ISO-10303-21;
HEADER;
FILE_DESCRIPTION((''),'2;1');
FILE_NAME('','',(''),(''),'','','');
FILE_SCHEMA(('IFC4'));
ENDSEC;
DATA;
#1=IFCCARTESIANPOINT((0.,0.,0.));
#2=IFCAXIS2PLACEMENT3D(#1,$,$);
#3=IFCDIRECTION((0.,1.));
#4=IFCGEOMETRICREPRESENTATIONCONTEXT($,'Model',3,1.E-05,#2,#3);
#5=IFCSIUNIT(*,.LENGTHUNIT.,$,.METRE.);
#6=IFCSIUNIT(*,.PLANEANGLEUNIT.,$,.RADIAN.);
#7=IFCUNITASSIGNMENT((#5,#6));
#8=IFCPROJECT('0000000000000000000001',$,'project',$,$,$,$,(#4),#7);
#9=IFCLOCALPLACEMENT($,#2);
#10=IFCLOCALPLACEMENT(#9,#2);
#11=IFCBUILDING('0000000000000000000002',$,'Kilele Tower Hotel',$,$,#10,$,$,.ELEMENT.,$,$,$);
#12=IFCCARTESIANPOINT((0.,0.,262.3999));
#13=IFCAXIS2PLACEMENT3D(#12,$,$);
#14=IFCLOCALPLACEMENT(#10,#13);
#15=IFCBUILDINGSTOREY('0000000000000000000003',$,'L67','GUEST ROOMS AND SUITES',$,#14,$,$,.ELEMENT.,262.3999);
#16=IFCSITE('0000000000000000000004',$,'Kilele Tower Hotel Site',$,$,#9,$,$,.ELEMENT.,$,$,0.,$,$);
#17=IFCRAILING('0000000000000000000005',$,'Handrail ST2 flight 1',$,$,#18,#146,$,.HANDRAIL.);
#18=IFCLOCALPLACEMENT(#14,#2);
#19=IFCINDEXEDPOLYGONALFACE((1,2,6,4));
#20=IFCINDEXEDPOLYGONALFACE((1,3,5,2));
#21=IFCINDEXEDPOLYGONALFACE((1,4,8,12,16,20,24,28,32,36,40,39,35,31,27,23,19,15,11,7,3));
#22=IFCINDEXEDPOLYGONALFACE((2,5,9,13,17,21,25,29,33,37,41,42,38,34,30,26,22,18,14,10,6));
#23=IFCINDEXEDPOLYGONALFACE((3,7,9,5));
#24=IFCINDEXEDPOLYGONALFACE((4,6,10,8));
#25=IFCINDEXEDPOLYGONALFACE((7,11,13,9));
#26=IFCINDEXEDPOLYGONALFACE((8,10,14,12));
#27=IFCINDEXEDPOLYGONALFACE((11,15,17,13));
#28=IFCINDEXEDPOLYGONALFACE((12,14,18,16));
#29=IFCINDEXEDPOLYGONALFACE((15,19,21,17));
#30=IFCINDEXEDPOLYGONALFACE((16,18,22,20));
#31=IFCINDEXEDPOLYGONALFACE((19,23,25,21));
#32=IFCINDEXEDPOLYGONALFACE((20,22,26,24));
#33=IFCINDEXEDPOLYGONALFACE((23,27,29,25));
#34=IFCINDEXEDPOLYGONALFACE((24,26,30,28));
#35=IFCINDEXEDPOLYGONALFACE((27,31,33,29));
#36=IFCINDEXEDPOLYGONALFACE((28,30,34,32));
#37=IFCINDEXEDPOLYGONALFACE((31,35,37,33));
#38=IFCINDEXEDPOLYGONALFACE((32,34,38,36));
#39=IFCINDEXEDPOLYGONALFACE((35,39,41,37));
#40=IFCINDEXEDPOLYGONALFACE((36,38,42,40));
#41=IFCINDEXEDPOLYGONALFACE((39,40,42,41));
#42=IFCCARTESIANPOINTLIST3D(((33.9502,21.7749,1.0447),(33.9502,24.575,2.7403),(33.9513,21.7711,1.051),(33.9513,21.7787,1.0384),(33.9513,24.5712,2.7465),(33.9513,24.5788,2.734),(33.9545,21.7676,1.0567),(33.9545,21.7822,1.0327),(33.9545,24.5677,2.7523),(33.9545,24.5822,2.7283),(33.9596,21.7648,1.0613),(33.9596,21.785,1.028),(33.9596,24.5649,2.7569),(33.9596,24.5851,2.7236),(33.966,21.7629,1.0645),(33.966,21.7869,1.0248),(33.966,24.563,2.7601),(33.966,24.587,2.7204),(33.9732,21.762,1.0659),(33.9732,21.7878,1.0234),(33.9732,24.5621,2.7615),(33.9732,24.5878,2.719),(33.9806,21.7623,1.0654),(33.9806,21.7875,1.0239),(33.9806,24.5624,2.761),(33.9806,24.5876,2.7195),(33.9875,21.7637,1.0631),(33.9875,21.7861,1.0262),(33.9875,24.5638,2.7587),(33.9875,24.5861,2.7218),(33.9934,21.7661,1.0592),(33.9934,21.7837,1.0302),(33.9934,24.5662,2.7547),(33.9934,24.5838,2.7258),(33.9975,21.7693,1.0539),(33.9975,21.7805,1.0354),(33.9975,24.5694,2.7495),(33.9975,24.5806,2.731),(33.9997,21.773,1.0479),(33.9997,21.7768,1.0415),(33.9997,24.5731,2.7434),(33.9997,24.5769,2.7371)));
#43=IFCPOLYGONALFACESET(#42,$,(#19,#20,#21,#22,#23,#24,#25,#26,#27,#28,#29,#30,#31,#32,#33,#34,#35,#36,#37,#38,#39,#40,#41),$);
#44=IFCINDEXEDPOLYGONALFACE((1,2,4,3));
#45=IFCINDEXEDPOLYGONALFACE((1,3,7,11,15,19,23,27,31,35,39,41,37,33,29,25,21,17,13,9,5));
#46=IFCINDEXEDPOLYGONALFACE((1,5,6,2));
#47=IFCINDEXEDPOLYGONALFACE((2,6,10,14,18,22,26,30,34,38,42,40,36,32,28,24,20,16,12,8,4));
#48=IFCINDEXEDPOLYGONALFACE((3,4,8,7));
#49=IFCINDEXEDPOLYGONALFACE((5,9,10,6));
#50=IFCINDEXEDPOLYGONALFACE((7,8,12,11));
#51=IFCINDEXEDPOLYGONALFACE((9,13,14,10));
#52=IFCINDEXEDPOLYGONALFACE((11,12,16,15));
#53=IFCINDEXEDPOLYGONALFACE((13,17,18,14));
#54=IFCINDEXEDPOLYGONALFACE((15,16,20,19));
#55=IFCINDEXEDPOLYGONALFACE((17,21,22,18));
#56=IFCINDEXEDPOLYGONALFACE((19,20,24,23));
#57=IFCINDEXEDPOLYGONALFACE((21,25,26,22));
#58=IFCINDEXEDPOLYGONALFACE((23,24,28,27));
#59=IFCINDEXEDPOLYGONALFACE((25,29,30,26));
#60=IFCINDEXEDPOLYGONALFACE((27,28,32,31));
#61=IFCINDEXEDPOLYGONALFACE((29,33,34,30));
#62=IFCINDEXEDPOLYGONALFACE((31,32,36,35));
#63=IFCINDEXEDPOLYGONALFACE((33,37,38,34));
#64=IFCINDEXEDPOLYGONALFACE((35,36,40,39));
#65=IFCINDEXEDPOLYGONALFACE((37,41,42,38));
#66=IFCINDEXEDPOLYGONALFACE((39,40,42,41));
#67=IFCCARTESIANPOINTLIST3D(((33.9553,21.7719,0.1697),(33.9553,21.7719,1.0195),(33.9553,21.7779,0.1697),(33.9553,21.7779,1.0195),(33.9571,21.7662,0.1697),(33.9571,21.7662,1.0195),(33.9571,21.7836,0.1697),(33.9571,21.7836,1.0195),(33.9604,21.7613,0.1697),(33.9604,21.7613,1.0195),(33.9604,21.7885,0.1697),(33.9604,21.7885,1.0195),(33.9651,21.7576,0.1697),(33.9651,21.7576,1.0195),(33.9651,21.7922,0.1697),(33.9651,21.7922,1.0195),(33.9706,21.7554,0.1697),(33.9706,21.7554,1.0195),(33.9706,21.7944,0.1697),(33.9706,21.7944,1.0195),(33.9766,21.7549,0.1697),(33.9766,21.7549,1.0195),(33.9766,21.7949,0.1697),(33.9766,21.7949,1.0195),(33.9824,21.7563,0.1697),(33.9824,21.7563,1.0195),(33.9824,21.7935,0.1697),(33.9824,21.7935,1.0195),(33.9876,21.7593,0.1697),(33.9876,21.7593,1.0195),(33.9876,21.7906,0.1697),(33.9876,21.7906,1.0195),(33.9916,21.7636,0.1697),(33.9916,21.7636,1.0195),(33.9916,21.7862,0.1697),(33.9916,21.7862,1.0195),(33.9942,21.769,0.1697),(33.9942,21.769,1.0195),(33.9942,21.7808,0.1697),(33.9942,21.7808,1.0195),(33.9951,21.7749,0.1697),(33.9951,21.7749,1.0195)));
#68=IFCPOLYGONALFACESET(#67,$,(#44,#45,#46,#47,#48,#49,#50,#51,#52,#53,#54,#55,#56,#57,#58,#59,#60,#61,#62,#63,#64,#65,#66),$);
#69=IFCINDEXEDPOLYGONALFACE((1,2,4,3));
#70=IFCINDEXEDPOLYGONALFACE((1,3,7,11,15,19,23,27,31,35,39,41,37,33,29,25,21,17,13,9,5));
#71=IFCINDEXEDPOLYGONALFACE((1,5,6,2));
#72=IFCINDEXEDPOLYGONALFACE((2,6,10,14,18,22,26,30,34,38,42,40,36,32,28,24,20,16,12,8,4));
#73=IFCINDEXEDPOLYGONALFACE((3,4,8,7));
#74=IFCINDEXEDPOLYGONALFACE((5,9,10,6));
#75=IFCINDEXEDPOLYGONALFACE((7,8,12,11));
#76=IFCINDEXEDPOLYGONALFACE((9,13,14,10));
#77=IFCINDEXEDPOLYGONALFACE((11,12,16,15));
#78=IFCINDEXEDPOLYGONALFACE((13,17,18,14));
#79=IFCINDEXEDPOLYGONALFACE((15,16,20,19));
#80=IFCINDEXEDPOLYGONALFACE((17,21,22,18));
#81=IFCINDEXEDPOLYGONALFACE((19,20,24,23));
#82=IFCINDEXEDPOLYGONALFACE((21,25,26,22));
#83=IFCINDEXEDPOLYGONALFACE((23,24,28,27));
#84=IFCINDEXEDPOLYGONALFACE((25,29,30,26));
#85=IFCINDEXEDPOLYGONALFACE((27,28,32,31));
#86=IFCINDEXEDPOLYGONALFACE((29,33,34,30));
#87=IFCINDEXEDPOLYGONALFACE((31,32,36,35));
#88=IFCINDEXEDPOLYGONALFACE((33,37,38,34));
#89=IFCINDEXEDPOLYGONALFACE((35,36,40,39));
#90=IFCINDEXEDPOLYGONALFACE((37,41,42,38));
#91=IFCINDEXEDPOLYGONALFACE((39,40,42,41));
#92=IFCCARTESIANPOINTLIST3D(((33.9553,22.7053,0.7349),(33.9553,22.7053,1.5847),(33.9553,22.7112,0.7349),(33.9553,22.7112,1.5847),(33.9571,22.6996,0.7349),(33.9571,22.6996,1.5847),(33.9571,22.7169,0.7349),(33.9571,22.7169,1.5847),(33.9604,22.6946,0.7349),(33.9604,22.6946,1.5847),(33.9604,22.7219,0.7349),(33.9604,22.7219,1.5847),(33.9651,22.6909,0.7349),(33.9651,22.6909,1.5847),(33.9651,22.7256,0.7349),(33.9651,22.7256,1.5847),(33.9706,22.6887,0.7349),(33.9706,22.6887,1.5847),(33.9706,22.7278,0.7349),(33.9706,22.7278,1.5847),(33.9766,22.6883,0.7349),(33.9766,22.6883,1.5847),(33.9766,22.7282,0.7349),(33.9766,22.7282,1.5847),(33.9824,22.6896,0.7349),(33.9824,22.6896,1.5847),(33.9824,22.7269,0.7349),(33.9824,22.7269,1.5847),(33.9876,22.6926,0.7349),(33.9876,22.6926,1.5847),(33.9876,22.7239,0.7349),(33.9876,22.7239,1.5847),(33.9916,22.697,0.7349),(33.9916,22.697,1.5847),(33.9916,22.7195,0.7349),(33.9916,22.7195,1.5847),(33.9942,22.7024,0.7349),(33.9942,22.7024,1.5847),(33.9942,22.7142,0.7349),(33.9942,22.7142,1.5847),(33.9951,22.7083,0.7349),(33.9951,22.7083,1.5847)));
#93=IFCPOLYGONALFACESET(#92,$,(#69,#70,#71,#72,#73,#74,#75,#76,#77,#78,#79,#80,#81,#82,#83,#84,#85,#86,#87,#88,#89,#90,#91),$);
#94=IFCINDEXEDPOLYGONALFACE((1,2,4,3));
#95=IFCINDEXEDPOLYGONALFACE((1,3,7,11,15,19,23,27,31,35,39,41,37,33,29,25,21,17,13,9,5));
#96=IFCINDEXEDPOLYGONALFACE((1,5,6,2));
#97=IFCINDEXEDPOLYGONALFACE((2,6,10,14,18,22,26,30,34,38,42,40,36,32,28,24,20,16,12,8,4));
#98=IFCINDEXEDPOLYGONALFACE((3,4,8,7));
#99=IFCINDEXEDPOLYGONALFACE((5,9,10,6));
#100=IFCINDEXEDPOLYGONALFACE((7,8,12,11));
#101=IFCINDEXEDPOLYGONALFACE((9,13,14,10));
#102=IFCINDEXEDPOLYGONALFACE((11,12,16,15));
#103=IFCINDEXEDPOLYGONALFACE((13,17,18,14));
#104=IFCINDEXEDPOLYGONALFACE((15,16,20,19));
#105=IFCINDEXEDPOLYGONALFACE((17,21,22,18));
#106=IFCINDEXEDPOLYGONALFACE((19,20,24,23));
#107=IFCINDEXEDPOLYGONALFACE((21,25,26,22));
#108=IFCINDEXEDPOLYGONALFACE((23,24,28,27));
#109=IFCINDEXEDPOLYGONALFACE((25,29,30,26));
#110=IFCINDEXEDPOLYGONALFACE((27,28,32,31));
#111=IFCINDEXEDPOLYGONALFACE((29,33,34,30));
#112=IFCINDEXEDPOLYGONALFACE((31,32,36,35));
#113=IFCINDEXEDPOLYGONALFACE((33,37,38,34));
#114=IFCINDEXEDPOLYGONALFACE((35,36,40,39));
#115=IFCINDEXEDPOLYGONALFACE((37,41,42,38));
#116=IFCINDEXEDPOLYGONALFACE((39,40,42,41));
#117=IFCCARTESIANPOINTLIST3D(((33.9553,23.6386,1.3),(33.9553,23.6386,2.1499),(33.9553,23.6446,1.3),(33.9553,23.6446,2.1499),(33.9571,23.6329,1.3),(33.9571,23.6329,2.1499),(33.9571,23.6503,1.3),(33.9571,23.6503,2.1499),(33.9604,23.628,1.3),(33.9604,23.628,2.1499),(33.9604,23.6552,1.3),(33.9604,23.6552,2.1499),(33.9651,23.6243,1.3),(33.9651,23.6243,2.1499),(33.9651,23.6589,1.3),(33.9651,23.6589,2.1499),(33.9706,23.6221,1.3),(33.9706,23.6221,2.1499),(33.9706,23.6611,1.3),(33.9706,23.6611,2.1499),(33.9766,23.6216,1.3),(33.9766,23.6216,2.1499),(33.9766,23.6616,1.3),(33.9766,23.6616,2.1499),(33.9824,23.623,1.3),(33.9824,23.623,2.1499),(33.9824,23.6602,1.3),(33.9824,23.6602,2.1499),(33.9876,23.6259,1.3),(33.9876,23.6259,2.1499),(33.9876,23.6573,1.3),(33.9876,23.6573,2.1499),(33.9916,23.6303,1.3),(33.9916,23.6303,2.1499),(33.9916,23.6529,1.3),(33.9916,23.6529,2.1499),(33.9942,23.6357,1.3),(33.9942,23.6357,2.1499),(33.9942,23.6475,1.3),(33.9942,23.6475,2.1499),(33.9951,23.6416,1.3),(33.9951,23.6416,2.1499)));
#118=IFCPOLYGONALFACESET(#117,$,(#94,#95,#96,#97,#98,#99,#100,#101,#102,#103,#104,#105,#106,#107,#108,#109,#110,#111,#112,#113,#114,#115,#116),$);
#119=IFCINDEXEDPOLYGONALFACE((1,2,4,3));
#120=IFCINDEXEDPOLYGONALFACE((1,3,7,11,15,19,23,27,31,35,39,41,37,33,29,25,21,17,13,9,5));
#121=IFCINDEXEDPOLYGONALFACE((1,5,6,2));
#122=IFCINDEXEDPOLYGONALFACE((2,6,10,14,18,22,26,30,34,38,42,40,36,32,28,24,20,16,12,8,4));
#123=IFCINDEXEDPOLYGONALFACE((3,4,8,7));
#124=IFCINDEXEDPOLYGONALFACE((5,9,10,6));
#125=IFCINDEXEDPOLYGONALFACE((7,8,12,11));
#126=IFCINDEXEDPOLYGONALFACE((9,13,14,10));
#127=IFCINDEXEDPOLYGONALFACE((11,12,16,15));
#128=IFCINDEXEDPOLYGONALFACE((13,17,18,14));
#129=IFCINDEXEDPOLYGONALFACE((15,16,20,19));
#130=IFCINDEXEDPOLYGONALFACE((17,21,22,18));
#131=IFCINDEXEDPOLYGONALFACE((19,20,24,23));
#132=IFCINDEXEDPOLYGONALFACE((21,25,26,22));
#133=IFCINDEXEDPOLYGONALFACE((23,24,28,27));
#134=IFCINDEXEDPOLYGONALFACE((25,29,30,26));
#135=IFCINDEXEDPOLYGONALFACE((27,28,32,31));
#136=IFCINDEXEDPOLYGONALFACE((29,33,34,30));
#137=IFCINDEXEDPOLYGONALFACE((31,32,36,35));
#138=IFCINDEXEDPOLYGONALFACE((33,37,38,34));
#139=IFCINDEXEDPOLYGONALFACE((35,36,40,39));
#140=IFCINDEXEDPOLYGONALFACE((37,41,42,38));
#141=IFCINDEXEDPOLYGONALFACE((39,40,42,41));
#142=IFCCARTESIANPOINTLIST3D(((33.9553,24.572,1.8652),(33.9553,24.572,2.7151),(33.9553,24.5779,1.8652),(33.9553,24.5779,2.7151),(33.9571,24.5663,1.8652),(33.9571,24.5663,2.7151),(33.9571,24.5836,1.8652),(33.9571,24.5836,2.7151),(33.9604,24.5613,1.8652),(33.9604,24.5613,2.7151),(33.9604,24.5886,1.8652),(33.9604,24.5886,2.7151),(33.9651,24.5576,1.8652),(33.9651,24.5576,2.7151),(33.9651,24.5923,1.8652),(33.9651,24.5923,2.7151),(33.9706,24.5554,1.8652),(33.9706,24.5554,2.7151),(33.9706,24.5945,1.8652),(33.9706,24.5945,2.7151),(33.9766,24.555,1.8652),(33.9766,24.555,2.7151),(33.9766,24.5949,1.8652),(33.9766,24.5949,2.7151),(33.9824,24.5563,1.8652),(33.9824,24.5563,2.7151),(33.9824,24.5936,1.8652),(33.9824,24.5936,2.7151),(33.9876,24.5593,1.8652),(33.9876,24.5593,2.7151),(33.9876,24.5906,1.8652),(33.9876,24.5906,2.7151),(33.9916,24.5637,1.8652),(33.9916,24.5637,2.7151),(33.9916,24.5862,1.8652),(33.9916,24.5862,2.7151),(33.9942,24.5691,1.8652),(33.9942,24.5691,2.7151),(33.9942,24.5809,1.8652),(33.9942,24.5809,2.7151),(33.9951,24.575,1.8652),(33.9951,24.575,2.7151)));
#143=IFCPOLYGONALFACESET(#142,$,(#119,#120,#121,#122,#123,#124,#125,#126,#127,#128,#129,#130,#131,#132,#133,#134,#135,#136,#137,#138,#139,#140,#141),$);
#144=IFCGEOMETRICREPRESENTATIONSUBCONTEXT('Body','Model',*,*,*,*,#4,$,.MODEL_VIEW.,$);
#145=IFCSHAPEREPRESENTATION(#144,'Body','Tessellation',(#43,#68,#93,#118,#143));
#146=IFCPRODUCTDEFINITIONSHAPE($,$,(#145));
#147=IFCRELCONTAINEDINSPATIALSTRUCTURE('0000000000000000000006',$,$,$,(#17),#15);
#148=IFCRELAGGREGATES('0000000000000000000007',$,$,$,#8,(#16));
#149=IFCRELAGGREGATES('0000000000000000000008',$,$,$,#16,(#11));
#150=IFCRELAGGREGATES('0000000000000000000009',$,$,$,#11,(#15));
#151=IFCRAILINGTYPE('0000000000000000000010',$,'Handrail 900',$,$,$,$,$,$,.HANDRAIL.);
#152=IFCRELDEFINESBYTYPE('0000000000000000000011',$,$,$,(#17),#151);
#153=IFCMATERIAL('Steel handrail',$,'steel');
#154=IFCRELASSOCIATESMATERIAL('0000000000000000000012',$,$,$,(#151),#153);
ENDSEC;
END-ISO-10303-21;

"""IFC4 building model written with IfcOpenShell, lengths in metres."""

from ifc_helpers import new_model, si_unit, direction, frame, origin, origin_2d, place, context, subcontext, project, spatial, circle, extrude, material, type_object, element, save


model = new_model("IFC4")

# Units and contexts
model_context = context("Model", 3, precision=1e-05, world=origin(), true_north=direction((0.0, 1.0)))
body_context = subcontext(model_context, "Body", "Model", "MODEL_VIEW")
ifc_project = project(units=[si_unit("LENGTHUNIT", "METRE"), si_unit("PLANEANGLEUNIT", "RADIAN")], contexts=[model_context])

# Site, building, storey
site_placement = place(None, origin())
site = spatial("IfcSite", under=ifc_project, at=site_placement, Name="Kilele Tower Hotel Site", CompositionType="ELEMENT", RefElevation=0.0)
building_placement = place(site_placement, origin())
building = spatial("IfcBuilding", under=site, at=building_placement, Name="Kilele Tower Hotel", CompositionType="ELEMENT")
storey_placement = place(building_placement, frame((0.0, 0.0, 262.3999)))
storey = spatial("IfcBuildingStorey", under=building, at=storey_placement, Name="L67", Description="GUEST ROOMS AND SUITES", CompositionType="ELEMENT", Elevation=262.3999)

# Railing
ifc_material_1 = material(Name="Steel handrail", Category="steel")
railing_type_1 = type_object("IfcRailingType", Name="Handrail 900", PredefinedType="HANDRAIL", material=ifc_material_1)
for number, where, name in (
    (1, (33.9751, 21.7749, 0.1697), "Handrail ST2 flight 1"),
):
    element("IfcRailing", number, at=place(storey_placement, frame(where)), inside=storey, type_object=railing_type_1, Name=name, PredefinedType="HANDRAIL", context=body_context, shape_type="SweptSolid", body=[
        extrude(circle(Radius=0.0249, at=origin_2d()), frame((0.0, 0.0, 0.875), z_axis=(0.0, 0.855393, 0.517979), x_axis=(-1.0, 0.0, 0.0)), (0.0, 0.0, 1.0), 3.2734),
        extrude(circle(Radius=0.02, at=origin_2d()), origin(), (0.0, 0.0, 1.0), 0.8499),
        extrude(circle(Radius=0.02, at=origin_2d()), frame((0.0, 0.9333, 0.5652)), (0.0, 0.0, 1.0), 0.8499),
        extrude(circle(Radius=0.02, at=origin_2d()), frame((0.0, 1.8667, 1.1304)), (0.0, 0.0, 1.0), 0.8499),
        extrude(circle(Radius=0.02, at=origin_2d()), frame((0.0, 2.8, 1.6956)), (0.0, 0.0, 1.0), 0.8499),
    ])

save(model, "model.ifc")
